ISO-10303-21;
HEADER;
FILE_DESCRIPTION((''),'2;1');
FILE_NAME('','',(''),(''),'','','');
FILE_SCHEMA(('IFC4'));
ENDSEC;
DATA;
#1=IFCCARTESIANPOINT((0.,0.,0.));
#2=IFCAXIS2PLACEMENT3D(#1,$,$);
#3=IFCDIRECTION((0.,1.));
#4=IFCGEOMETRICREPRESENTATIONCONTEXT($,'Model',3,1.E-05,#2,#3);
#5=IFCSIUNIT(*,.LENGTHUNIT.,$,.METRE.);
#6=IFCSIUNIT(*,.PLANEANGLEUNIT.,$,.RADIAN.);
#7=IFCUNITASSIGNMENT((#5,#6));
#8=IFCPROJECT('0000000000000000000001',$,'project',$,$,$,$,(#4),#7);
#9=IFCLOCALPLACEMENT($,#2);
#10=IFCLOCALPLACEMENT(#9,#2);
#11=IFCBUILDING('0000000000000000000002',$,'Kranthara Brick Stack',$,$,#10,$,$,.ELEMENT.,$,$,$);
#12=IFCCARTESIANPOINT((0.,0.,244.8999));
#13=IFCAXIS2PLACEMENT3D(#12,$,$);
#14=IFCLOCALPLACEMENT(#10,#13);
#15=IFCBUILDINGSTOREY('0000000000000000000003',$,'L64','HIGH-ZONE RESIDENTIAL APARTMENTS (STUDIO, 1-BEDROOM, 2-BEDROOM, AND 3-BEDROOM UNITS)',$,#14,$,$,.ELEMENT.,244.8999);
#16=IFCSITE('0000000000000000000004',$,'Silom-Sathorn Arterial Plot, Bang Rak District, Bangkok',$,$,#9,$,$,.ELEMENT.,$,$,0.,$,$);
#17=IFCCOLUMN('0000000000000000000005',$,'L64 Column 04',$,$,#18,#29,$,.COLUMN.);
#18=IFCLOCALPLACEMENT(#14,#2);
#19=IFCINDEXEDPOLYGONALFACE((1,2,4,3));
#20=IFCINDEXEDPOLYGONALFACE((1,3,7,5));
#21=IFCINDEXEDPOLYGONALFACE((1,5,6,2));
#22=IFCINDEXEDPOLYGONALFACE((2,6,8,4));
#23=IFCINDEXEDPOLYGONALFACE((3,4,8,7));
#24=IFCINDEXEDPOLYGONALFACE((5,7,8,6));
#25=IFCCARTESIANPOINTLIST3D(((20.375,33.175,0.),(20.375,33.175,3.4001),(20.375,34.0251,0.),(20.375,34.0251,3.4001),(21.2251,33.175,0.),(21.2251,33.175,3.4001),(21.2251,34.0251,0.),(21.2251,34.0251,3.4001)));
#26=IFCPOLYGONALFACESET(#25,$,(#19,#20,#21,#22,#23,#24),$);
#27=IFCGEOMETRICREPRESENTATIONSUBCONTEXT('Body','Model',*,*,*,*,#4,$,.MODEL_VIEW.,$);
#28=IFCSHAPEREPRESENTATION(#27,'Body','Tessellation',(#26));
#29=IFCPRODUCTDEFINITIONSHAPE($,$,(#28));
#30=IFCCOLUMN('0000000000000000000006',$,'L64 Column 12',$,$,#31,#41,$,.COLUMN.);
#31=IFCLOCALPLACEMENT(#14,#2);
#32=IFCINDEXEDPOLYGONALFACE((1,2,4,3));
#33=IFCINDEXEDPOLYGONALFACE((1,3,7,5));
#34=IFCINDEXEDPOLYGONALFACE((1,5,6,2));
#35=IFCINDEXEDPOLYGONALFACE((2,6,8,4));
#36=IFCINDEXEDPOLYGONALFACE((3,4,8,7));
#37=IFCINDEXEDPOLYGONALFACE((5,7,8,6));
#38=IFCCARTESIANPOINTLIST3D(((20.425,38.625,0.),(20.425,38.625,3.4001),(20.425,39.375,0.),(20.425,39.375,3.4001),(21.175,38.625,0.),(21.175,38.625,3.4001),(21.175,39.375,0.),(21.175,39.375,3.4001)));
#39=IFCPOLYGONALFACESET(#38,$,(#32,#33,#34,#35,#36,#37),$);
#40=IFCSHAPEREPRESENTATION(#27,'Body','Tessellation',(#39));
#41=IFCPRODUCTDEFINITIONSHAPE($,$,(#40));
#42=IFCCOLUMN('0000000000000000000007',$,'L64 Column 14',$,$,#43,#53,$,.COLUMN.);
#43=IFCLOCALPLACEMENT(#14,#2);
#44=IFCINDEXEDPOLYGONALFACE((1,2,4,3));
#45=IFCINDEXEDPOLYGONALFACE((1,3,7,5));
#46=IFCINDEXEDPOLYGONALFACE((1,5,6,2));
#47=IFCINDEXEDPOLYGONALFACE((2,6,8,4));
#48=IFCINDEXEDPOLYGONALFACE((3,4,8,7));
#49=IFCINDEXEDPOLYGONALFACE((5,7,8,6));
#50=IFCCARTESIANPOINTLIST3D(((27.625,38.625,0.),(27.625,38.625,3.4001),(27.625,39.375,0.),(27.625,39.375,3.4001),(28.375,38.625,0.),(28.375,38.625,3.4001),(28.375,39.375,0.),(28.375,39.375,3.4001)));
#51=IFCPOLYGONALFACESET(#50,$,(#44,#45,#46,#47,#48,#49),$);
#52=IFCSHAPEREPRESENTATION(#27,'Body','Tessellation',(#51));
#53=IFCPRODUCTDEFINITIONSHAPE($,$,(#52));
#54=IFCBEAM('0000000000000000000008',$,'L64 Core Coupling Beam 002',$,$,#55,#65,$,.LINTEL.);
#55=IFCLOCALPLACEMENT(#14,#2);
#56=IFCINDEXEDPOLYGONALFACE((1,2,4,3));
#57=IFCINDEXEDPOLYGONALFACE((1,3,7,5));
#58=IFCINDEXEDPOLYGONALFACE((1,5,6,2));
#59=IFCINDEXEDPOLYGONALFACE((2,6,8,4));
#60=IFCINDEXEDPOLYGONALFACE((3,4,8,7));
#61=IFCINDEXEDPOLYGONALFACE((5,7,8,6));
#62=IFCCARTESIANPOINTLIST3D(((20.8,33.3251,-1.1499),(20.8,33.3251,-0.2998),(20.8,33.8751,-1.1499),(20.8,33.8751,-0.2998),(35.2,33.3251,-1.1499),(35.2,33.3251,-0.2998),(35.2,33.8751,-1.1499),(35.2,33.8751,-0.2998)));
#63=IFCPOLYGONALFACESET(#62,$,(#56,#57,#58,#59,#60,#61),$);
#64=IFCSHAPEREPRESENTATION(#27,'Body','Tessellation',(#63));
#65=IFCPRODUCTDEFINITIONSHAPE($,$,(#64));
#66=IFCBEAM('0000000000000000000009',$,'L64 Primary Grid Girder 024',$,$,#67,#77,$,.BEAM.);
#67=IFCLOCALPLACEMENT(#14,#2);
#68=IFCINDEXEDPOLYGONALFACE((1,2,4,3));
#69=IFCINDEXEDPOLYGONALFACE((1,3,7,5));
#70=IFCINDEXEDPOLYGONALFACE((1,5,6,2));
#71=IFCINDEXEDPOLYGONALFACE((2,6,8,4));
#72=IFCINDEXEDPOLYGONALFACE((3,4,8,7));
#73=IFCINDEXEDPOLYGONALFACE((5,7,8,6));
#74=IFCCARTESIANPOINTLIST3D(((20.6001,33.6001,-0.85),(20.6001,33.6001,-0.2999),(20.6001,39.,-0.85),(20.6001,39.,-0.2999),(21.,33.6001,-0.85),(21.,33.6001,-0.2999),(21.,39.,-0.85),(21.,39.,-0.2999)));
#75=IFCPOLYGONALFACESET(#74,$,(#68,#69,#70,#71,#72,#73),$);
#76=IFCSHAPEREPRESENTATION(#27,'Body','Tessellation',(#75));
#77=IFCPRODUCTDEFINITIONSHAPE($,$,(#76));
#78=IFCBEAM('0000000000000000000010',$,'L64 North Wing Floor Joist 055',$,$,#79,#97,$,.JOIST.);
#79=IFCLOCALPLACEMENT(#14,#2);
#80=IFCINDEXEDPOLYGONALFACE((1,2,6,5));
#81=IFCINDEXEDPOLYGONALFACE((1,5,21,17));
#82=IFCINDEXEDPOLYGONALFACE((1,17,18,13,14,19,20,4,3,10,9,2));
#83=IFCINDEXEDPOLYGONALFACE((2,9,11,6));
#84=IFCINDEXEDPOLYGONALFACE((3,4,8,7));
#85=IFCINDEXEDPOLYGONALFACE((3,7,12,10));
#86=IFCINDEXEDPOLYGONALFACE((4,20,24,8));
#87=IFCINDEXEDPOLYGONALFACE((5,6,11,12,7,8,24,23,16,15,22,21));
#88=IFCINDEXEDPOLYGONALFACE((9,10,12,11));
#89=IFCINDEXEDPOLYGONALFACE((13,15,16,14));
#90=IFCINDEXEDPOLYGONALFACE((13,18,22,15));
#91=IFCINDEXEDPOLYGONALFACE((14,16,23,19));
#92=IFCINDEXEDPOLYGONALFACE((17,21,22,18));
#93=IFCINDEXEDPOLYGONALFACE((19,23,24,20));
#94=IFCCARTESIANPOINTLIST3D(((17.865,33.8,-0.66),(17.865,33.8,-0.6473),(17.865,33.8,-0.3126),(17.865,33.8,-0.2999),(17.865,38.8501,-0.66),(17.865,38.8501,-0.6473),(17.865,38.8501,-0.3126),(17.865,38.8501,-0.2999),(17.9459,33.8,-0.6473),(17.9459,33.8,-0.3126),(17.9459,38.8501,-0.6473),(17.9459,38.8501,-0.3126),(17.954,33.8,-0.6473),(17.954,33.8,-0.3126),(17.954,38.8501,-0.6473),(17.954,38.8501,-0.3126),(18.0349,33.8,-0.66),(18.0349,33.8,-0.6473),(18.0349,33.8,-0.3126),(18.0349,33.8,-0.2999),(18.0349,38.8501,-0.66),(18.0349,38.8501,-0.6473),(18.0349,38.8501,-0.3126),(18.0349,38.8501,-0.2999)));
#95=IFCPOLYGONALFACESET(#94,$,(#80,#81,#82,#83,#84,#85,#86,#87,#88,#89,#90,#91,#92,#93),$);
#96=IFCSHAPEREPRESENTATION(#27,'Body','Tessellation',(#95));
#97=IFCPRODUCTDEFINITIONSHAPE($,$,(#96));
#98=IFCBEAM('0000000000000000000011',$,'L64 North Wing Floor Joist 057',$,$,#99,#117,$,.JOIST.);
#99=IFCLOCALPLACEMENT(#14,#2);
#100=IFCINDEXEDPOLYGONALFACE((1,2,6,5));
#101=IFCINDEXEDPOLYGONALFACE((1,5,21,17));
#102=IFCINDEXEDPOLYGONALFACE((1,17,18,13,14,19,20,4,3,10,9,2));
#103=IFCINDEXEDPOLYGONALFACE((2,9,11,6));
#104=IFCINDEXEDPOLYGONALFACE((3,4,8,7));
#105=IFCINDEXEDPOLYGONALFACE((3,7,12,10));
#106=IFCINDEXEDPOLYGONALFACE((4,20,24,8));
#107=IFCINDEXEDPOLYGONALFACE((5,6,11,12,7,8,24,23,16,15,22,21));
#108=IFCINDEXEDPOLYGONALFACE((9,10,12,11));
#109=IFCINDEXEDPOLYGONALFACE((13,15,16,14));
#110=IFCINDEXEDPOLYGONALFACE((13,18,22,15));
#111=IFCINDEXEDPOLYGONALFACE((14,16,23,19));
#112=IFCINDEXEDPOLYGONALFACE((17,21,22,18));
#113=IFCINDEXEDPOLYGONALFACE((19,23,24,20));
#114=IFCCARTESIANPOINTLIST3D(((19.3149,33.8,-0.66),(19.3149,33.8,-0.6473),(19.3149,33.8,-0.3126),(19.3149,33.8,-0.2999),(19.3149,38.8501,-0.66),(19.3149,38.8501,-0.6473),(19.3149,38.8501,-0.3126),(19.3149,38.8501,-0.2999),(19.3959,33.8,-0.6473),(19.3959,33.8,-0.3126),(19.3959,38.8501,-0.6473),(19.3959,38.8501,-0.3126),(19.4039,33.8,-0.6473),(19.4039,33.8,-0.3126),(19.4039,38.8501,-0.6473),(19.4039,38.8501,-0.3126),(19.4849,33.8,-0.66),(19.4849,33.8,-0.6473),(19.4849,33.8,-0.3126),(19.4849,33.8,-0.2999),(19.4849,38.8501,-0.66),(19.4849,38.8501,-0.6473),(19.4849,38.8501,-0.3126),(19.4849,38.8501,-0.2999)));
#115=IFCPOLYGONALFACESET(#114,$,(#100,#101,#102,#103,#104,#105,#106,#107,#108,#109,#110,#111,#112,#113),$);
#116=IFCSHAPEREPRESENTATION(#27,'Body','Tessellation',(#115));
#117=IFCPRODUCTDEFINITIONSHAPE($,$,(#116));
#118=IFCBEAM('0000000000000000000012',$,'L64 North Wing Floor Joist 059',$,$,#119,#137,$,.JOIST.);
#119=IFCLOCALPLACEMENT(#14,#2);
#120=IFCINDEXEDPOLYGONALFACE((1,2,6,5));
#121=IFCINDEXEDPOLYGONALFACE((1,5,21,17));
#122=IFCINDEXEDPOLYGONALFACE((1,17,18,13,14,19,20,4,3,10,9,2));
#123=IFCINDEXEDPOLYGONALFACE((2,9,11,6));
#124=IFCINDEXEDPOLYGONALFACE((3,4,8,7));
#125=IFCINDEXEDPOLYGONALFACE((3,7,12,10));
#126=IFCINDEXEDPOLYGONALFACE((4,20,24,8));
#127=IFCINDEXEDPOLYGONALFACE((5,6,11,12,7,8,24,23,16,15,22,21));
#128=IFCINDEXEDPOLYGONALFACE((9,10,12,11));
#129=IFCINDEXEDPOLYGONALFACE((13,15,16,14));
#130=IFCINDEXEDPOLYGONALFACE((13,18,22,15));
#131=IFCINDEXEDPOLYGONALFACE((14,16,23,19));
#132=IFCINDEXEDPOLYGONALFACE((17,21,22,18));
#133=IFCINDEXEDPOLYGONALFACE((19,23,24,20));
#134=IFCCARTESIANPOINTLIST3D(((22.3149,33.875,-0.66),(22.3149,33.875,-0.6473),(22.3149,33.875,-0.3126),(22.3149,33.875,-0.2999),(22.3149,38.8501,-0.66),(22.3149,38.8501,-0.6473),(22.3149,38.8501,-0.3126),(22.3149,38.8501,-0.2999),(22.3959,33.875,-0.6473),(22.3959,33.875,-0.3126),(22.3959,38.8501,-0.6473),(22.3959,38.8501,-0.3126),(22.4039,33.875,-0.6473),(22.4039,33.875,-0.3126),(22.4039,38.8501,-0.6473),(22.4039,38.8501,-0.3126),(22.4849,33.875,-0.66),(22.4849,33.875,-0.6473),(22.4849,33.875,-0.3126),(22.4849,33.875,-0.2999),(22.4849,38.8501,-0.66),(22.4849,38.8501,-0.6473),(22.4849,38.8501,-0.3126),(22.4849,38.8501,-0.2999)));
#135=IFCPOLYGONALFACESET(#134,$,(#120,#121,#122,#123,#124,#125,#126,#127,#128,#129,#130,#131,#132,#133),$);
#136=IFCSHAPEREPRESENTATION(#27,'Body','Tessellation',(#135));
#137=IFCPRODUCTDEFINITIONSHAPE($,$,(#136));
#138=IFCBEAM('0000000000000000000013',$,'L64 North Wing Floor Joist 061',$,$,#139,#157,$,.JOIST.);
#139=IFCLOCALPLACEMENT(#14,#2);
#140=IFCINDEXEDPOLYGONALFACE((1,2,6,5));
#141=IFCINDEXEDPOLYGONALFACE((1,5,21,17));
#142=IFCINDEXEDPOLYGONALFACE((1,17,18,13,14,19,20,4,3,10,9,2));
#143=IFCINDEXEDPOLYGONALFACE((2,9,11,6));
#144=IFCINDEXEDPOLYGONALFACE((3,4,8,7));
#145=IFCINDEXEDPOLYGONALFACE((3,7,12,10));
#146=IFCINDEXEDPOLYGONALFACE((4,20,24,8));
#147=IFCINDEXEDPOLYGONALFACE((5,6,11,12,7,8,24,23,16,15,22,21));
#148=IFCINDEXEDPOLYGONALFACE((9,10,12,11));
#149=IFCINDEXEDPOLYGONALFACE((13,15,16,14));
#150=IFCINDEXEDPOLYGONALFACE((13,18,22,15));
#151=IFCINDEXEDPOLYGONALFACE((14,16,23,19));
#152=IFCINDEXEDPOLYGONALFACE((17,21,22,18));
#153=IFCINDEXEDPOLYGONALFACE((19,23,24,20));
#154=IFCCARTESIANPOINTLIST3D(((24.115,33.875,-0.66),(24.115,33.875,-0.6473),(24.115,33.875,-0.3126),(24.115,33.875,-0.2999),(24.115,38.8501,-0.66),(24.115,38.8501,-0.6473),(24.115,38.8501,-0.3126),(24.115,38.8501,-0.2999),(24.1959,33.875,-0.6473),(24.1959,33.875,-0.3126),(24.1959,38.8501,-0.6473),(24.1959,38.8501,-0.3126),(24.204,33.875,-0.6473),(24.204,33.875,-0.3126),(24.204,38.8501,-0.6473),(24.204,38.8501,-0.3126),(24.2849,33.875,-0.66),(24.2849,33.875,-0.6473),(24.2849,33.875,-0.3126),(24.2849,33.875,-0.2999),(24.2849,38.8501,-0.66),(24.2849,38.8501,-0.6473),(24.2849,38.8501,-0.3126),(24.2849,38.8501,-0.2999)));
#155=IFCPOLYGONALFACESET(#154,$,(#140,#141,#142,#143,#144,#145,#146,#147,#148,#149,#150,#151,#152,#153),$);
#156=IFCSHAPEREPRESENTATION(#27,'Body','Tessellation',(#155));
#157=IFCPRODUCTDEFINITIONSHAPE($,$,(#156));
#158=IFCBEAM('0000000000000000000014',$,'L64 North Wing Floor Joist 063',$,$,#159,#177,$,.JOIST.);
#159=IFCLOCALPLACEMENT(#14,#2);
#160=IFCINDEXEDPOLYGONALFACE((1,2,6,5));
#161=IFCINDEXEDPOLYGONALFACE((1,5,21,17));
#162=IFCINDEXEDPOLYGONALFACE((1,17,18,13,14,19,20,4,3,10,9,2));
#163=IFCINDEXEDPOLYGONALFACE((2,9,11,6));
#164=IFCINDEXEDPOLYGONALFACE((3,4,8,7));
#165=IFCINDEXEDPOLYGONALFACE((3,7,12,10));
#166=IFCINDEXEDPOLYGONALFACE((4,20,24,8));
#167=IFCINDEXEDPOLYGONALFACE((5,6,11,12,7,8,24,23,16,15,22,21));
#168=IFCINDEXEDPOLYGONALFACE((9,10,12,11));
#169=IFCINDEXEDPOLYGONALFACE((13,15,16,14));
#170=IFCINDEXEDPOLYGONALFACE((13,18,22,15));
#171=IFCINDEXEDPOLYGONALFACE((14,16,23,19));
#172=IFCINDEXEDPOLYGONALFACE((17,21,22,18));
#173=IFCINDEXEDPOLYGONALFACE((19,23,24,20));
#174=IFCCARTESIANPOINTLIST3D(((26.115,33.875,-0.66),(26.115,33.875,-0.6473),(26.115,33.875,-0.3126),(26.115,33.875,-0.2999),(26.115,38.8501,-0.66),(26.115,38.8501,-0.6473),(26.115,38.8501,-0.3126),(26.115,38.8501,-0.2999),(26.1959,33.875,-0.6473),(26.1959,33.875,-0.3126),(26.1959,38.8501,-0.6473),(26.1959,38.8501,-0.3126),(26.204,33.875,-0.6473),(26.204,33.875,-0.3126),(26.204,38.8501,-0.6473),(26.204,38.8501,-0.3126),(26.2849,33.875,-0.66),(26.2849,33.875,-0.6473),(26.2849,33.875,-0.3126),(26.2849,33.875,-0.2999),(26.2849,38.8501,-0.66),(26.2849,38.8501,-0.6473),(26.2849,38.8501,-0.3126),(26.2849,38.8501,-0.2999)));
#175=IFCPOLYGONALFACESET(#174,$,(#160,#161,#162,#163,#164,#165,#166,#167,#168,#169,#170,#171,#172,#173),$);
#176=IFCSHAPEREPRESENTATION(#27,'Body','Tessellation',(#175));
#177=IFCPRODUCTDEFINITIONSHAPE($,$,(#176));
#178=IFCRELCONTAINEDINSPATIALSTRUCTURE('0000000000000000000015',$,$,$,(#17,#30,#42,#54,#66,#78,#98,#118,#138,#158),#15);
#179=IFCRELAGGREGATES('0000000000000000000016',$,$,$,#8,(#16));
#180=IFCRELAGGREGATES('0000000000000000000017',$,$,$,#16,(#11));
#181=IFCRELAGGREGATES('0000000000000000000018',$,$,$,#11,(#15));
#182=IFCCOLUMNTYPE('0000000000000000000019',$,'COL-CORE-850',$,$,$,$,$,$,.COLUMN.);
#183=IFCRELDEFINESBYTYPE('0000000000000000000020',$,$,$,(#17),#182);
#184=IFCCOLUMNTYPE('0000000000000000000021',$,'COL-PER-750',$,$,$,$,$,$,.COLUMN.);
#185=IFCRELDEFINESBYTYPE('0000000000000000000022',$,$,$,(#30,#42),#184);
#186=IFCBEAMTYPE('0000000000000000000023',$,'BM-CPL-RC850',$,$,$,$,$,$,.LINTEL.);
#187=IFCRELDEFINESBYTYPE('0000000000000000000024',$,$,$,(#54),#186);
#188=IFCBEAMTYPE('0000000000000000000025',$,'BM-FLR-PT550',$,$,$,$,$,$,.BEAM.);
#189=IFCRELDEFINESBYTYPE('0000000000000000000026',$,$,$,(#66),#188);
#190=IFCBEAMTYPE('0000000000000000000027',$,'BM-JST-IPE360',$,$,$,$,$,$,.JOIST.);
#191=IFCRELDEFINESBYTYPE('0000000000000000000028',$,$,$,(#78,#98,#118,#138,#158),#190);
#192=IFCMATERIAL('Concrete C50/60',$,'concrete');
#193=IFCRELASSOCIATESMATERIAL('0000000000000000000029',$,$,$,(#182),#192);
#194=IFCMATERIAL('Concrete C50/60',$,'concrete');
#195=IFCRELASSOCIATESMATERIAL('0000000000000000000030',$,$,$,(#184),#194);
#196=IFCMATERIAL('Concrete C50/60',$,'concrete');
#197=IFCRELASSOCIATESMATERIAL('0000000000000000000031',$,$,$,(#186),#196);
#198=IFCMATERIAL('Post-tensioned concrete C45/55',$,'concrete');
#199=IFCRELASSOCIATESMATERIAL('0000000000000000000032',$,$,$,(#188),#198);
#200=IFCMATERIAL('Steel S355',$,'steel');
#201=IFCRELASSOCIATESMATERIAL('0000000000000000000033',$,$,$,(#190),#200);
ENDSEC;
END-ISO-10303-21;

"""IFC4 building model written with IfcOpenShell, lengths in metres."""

from ifc_helpers import new_model, si_unit, direction, frame, origin, origin_2d, place, context, subcontext, project, spatial, rectangle, i_section, extrude, material, material_profile, profile_set, type_object, element, save


model = new_model("IFC4")

# Units and contexts
model_context = context("Model", 3, precision=1e-05, world=origin(), true_north=direction((0.0, 1.0)))
body_context = subcontext(model_context, "Body", "Model", "MODEL_VIEW")
ifc_project = project(units=[si_unit("LENGTHUNIT", "METRE"), si_unit("PLANEANGLEUNIT", "RADIAN")], contexts=[model_context])

# Site, building, storey
site_placement = place(None, origin())
site = spatial("IfcSite", under=ifc_project, at=site_placement, Name="Silom-Sathorn Arterial Plot, Bang Rak District, Bangkok", CompositionType="ELEMENT", RefElevation=0.0)
building_placement = place(site_placement, origin())
building = spatial("IfcBuilding", under=site, at=building_placement, Name="Kranthara Brick Stack", CompositionType="ELEMENT")
storey_placement = place(building_placement, frame((0.0, 0.0, 244.8999)))
storey = spatial("IfcBuildingStorey", under=building, at=storey_placement, Name="L64", Description="HIGH-ZONE RESIDENTIAL APARTMENTS (STUDIO, 1-BEDROOM, 2-BEDROOM, AND 3-BEDROOM UNITS)", CompositionType="ELEMENT", Elevation=244.8999)

# Columns
ifc_material_1 = material(Name="Concrete C50/60", Category="concrete")
ifc_material_profile_1 = material_profile(ifc_material_1, rectangle(XDim=0.8501, YDim=0.8501, at=origin_2d()), Name="RC 850x850")
ifc_profile_set_1 = profile_set([ifc_material_profile_1], Name="Concrete C50/60")
column_type_1 = type_object("IfcColumnType", Name="COL-CORE-850", PredefinedType="COLUMN", material=ifc_profile_set_1)
column_placement = place(storey_placement, frame((20.8, 33.6001, 0.0), z_axis=(0.0, 0.0, 1.0), x_axis=(1.0, 0.0, 0.0)))
element("IfcColumn", 1, at=column_placement, inside=storey, type_object=column_type_1, Name="L64 Column 04", PredefinedType="COLUMN", context=body_context, shape_type="SweptSolid", body=[
    extrude(rectangle(XDim=0.8501, YDim=0.8501, at=origin_2d()), origin(), (0.0, 0.0, 1.0), 3.4001),
])
ifc_material_2 = material(Name="Concrete C50/60", Category="concrete")
ifc_material_profile_2 = material_profile(ifc_material_2, rectangle(XDim=0.75, YDim=0.75, at=origin_2d()), Name="RC 750x750")
ifc_profile_set_2 = profile_set([ifc_material_profile_2], Name="Concrete C50/60")
column_type_2 = type_object("IfcColumnType", Name="COL-PER-750", PredefinedType="COLUMN", material=ifc_profile_set_2)
for number, where, z_axis, x_axis, name in (
    (2, (20.8, 39.0, 0.0), (0.0, 0.0, 1.0), (1.0, 0.0, 0.0), "L64 Column 12"),
    (3, (28.0, 39.0, 0.0), (0.0, 0.0, 1.0), (1.0, 0.0, 0.0), "L64 Column 14"),
):
    element("IfcColumn", number, at=place(storey_placement, frame(where, z_axis=z_axis, x_axis=x_axis)), inside=storey, type_object=column_type_2, Name=name, PredefinedType="COLUMN", context=body_context, shape_type="SweptSolid", body=[
        extrude(rectangle(XDim=0.75, YDim=0.75, at=origin_2d()), origin(), (0.0, 0.0, 1.0), 3.4001),
    ])

# Beams
ifc_material_3 = material(Name="Concrete C50/60", Category="concrete")
ifc_material_profile_3 = material_profile(ifc_material_3, rectangle(XDim=0.55, YDim=0.8501, at=origin_2d()), Name="RC 550x850")
ifc_profile_set_3 = profile_set([ifc_material_profile_3], Name="Concrete C50/60")
beam_type_1 = type_object("IfcBeamType", Name="BM-CPL-RC850", PredefinedType="LINTEL", material=ifc_profile_set_3)
beam_1_placement = place(storey_placement, frame((20.8, 33.6001, -0.7249), z_axis=(1.0, 0.0, 0.0), x_axis=(0.0, 1.0, 0.0)))
element("IfcBeam", 4, at=beam_1_placement, inside=storey, type_object=beam_type_1, Name="L64 Core Coupling Beam 002", PredefinedType="LINTEL", context=body_context, shape_type="SweptSolid", body=[
    extrude(rectangle(XDim=0.55, YDim=0.8501, at=origin_2d()), origin(), (0.0, 0.0, 1.0), 14.3999),
])
ifc_material_4 = material(Name="Post-tensioned concrete C45/55", Category="concrete")
ifc_material_profile_4 = material_profile(ifc_material_4, rectangle(XDim=0.3999, YDim=0.55, at=origin_2d()), Name="PT 400x550")
ifc_profile_set_4 = profile_set([ifc_material_profile_4], Name="Post-tensioned concrete C45/55")
beam_type_2 = type_object("IfcBeamType", Name="BM-FLR-PT550", PredefinedType="BEAM", material=ifc_profile_set_4)
beam_2_placement = place(storey_placement, frame((20.8, 33.6001, -0.575), z_axis=(0.0, 1.0, 0.0), x_axis=(-1.0, 0.0, 0.0)))
element("IfcBeam", 5, at=beam_2_placement, inside=storey, type_object=beam_type_2, Name="L64 Primary Grid Girder 024", PredefinedType="BEAM", context=body_context, shape_type="SweptSolid", body=[
    extrude(rectangle(XDim=0.3999, YDim=0.55, at=origin_2d()), origin(), (0.0, 0.0, 1.0), 5.3999),
])
ifc_material_5 = material(Name="Steel S355", Category="steel")
ifc_material_profile_5 = material_profile(ifc_material_5, i_section(OverallWidth=0.1699, OverallDepth=0.3601, WebThickness=0.0081, FlangeThickness=0.0127, at=origin_2d()), Name="IPE 360")
ifc_profile_set_5 = profile_set([ifc_material_profile_5], Name="Steel S355")
beam_type_3 = type_object("IfcBeamType", Name="BM-JST-IPE360", PredefinedType="JOIST", material=ifc_profile_set_5)
for number, where, z_axis, x_axis, name in (
    (6, (17.95, 33.8, -0.48), (0.0, 1.0, 0.0), (-1.0, 0.0, 0.0), "L64 North Wing Floor Joist 055"),
    (7, (19.3999, 33.8, -0.48), (0.0, 1.0, 0.0), (-1.0, 0.0, 0.0), "L64 North Wing Floor Joist 057"),
):
    element("IfcBeam", number, at=place(storey_placement, frame(where, z_axis=z_axis, x_axis=x_axis)), inside=storey, type_object=beam_type_3, Name=name, PredefinedType="JOIST", context=body_context, shape_type="SweptSolid", body=[
        extrude(i_section(OverallWidth=0.1699, OverallDepth=0.3601, WebThickness=0.0081, FlangeThickness=0.0127, at=origin_2d()), origin(), (0.0, 0.0, 1.0), 5.05),
    ])
for number, where, z_axis, x_axis, name in (
    (8, (22.3999, 33.875, -0.48), (0.0, 1.0, 0.0), (-1.0, 0.0, 0.0), "L64 North Wing Floor Joist 059"),
    (9, (24.2, 33.875, -0.48), (0.0, 1.0, 0.0), (-1.0, 0.0, 0.0), "L64 North Wing Floor Joist 061"),
    (10, (26.2, 33.875, -0.48), (0.0, 1.0, 0.0), (-1.0, 0.0, 0.0), "L64 North Wing Floor Joist 063"),
):
    element("IfcBeam", number, at=place(storey_placement, frame(where, z_axis=z_axis, x_axis=x_axis)), inside=storey, type_object=beam_type_3, Name=name, PredefinedType="JOIST", context=body_context, shape_type="SweptSolid", body=[
        extrude(i_section(OverallWidth=0.1699, OverallDepth=0.3601, WebThickness=0.0081, FlangeThickness=0.0127, at=origin_2d()), origin(), (0.0, 0.0, 1.0), 4.9751),
    ])

save(model, "model.ifc")
